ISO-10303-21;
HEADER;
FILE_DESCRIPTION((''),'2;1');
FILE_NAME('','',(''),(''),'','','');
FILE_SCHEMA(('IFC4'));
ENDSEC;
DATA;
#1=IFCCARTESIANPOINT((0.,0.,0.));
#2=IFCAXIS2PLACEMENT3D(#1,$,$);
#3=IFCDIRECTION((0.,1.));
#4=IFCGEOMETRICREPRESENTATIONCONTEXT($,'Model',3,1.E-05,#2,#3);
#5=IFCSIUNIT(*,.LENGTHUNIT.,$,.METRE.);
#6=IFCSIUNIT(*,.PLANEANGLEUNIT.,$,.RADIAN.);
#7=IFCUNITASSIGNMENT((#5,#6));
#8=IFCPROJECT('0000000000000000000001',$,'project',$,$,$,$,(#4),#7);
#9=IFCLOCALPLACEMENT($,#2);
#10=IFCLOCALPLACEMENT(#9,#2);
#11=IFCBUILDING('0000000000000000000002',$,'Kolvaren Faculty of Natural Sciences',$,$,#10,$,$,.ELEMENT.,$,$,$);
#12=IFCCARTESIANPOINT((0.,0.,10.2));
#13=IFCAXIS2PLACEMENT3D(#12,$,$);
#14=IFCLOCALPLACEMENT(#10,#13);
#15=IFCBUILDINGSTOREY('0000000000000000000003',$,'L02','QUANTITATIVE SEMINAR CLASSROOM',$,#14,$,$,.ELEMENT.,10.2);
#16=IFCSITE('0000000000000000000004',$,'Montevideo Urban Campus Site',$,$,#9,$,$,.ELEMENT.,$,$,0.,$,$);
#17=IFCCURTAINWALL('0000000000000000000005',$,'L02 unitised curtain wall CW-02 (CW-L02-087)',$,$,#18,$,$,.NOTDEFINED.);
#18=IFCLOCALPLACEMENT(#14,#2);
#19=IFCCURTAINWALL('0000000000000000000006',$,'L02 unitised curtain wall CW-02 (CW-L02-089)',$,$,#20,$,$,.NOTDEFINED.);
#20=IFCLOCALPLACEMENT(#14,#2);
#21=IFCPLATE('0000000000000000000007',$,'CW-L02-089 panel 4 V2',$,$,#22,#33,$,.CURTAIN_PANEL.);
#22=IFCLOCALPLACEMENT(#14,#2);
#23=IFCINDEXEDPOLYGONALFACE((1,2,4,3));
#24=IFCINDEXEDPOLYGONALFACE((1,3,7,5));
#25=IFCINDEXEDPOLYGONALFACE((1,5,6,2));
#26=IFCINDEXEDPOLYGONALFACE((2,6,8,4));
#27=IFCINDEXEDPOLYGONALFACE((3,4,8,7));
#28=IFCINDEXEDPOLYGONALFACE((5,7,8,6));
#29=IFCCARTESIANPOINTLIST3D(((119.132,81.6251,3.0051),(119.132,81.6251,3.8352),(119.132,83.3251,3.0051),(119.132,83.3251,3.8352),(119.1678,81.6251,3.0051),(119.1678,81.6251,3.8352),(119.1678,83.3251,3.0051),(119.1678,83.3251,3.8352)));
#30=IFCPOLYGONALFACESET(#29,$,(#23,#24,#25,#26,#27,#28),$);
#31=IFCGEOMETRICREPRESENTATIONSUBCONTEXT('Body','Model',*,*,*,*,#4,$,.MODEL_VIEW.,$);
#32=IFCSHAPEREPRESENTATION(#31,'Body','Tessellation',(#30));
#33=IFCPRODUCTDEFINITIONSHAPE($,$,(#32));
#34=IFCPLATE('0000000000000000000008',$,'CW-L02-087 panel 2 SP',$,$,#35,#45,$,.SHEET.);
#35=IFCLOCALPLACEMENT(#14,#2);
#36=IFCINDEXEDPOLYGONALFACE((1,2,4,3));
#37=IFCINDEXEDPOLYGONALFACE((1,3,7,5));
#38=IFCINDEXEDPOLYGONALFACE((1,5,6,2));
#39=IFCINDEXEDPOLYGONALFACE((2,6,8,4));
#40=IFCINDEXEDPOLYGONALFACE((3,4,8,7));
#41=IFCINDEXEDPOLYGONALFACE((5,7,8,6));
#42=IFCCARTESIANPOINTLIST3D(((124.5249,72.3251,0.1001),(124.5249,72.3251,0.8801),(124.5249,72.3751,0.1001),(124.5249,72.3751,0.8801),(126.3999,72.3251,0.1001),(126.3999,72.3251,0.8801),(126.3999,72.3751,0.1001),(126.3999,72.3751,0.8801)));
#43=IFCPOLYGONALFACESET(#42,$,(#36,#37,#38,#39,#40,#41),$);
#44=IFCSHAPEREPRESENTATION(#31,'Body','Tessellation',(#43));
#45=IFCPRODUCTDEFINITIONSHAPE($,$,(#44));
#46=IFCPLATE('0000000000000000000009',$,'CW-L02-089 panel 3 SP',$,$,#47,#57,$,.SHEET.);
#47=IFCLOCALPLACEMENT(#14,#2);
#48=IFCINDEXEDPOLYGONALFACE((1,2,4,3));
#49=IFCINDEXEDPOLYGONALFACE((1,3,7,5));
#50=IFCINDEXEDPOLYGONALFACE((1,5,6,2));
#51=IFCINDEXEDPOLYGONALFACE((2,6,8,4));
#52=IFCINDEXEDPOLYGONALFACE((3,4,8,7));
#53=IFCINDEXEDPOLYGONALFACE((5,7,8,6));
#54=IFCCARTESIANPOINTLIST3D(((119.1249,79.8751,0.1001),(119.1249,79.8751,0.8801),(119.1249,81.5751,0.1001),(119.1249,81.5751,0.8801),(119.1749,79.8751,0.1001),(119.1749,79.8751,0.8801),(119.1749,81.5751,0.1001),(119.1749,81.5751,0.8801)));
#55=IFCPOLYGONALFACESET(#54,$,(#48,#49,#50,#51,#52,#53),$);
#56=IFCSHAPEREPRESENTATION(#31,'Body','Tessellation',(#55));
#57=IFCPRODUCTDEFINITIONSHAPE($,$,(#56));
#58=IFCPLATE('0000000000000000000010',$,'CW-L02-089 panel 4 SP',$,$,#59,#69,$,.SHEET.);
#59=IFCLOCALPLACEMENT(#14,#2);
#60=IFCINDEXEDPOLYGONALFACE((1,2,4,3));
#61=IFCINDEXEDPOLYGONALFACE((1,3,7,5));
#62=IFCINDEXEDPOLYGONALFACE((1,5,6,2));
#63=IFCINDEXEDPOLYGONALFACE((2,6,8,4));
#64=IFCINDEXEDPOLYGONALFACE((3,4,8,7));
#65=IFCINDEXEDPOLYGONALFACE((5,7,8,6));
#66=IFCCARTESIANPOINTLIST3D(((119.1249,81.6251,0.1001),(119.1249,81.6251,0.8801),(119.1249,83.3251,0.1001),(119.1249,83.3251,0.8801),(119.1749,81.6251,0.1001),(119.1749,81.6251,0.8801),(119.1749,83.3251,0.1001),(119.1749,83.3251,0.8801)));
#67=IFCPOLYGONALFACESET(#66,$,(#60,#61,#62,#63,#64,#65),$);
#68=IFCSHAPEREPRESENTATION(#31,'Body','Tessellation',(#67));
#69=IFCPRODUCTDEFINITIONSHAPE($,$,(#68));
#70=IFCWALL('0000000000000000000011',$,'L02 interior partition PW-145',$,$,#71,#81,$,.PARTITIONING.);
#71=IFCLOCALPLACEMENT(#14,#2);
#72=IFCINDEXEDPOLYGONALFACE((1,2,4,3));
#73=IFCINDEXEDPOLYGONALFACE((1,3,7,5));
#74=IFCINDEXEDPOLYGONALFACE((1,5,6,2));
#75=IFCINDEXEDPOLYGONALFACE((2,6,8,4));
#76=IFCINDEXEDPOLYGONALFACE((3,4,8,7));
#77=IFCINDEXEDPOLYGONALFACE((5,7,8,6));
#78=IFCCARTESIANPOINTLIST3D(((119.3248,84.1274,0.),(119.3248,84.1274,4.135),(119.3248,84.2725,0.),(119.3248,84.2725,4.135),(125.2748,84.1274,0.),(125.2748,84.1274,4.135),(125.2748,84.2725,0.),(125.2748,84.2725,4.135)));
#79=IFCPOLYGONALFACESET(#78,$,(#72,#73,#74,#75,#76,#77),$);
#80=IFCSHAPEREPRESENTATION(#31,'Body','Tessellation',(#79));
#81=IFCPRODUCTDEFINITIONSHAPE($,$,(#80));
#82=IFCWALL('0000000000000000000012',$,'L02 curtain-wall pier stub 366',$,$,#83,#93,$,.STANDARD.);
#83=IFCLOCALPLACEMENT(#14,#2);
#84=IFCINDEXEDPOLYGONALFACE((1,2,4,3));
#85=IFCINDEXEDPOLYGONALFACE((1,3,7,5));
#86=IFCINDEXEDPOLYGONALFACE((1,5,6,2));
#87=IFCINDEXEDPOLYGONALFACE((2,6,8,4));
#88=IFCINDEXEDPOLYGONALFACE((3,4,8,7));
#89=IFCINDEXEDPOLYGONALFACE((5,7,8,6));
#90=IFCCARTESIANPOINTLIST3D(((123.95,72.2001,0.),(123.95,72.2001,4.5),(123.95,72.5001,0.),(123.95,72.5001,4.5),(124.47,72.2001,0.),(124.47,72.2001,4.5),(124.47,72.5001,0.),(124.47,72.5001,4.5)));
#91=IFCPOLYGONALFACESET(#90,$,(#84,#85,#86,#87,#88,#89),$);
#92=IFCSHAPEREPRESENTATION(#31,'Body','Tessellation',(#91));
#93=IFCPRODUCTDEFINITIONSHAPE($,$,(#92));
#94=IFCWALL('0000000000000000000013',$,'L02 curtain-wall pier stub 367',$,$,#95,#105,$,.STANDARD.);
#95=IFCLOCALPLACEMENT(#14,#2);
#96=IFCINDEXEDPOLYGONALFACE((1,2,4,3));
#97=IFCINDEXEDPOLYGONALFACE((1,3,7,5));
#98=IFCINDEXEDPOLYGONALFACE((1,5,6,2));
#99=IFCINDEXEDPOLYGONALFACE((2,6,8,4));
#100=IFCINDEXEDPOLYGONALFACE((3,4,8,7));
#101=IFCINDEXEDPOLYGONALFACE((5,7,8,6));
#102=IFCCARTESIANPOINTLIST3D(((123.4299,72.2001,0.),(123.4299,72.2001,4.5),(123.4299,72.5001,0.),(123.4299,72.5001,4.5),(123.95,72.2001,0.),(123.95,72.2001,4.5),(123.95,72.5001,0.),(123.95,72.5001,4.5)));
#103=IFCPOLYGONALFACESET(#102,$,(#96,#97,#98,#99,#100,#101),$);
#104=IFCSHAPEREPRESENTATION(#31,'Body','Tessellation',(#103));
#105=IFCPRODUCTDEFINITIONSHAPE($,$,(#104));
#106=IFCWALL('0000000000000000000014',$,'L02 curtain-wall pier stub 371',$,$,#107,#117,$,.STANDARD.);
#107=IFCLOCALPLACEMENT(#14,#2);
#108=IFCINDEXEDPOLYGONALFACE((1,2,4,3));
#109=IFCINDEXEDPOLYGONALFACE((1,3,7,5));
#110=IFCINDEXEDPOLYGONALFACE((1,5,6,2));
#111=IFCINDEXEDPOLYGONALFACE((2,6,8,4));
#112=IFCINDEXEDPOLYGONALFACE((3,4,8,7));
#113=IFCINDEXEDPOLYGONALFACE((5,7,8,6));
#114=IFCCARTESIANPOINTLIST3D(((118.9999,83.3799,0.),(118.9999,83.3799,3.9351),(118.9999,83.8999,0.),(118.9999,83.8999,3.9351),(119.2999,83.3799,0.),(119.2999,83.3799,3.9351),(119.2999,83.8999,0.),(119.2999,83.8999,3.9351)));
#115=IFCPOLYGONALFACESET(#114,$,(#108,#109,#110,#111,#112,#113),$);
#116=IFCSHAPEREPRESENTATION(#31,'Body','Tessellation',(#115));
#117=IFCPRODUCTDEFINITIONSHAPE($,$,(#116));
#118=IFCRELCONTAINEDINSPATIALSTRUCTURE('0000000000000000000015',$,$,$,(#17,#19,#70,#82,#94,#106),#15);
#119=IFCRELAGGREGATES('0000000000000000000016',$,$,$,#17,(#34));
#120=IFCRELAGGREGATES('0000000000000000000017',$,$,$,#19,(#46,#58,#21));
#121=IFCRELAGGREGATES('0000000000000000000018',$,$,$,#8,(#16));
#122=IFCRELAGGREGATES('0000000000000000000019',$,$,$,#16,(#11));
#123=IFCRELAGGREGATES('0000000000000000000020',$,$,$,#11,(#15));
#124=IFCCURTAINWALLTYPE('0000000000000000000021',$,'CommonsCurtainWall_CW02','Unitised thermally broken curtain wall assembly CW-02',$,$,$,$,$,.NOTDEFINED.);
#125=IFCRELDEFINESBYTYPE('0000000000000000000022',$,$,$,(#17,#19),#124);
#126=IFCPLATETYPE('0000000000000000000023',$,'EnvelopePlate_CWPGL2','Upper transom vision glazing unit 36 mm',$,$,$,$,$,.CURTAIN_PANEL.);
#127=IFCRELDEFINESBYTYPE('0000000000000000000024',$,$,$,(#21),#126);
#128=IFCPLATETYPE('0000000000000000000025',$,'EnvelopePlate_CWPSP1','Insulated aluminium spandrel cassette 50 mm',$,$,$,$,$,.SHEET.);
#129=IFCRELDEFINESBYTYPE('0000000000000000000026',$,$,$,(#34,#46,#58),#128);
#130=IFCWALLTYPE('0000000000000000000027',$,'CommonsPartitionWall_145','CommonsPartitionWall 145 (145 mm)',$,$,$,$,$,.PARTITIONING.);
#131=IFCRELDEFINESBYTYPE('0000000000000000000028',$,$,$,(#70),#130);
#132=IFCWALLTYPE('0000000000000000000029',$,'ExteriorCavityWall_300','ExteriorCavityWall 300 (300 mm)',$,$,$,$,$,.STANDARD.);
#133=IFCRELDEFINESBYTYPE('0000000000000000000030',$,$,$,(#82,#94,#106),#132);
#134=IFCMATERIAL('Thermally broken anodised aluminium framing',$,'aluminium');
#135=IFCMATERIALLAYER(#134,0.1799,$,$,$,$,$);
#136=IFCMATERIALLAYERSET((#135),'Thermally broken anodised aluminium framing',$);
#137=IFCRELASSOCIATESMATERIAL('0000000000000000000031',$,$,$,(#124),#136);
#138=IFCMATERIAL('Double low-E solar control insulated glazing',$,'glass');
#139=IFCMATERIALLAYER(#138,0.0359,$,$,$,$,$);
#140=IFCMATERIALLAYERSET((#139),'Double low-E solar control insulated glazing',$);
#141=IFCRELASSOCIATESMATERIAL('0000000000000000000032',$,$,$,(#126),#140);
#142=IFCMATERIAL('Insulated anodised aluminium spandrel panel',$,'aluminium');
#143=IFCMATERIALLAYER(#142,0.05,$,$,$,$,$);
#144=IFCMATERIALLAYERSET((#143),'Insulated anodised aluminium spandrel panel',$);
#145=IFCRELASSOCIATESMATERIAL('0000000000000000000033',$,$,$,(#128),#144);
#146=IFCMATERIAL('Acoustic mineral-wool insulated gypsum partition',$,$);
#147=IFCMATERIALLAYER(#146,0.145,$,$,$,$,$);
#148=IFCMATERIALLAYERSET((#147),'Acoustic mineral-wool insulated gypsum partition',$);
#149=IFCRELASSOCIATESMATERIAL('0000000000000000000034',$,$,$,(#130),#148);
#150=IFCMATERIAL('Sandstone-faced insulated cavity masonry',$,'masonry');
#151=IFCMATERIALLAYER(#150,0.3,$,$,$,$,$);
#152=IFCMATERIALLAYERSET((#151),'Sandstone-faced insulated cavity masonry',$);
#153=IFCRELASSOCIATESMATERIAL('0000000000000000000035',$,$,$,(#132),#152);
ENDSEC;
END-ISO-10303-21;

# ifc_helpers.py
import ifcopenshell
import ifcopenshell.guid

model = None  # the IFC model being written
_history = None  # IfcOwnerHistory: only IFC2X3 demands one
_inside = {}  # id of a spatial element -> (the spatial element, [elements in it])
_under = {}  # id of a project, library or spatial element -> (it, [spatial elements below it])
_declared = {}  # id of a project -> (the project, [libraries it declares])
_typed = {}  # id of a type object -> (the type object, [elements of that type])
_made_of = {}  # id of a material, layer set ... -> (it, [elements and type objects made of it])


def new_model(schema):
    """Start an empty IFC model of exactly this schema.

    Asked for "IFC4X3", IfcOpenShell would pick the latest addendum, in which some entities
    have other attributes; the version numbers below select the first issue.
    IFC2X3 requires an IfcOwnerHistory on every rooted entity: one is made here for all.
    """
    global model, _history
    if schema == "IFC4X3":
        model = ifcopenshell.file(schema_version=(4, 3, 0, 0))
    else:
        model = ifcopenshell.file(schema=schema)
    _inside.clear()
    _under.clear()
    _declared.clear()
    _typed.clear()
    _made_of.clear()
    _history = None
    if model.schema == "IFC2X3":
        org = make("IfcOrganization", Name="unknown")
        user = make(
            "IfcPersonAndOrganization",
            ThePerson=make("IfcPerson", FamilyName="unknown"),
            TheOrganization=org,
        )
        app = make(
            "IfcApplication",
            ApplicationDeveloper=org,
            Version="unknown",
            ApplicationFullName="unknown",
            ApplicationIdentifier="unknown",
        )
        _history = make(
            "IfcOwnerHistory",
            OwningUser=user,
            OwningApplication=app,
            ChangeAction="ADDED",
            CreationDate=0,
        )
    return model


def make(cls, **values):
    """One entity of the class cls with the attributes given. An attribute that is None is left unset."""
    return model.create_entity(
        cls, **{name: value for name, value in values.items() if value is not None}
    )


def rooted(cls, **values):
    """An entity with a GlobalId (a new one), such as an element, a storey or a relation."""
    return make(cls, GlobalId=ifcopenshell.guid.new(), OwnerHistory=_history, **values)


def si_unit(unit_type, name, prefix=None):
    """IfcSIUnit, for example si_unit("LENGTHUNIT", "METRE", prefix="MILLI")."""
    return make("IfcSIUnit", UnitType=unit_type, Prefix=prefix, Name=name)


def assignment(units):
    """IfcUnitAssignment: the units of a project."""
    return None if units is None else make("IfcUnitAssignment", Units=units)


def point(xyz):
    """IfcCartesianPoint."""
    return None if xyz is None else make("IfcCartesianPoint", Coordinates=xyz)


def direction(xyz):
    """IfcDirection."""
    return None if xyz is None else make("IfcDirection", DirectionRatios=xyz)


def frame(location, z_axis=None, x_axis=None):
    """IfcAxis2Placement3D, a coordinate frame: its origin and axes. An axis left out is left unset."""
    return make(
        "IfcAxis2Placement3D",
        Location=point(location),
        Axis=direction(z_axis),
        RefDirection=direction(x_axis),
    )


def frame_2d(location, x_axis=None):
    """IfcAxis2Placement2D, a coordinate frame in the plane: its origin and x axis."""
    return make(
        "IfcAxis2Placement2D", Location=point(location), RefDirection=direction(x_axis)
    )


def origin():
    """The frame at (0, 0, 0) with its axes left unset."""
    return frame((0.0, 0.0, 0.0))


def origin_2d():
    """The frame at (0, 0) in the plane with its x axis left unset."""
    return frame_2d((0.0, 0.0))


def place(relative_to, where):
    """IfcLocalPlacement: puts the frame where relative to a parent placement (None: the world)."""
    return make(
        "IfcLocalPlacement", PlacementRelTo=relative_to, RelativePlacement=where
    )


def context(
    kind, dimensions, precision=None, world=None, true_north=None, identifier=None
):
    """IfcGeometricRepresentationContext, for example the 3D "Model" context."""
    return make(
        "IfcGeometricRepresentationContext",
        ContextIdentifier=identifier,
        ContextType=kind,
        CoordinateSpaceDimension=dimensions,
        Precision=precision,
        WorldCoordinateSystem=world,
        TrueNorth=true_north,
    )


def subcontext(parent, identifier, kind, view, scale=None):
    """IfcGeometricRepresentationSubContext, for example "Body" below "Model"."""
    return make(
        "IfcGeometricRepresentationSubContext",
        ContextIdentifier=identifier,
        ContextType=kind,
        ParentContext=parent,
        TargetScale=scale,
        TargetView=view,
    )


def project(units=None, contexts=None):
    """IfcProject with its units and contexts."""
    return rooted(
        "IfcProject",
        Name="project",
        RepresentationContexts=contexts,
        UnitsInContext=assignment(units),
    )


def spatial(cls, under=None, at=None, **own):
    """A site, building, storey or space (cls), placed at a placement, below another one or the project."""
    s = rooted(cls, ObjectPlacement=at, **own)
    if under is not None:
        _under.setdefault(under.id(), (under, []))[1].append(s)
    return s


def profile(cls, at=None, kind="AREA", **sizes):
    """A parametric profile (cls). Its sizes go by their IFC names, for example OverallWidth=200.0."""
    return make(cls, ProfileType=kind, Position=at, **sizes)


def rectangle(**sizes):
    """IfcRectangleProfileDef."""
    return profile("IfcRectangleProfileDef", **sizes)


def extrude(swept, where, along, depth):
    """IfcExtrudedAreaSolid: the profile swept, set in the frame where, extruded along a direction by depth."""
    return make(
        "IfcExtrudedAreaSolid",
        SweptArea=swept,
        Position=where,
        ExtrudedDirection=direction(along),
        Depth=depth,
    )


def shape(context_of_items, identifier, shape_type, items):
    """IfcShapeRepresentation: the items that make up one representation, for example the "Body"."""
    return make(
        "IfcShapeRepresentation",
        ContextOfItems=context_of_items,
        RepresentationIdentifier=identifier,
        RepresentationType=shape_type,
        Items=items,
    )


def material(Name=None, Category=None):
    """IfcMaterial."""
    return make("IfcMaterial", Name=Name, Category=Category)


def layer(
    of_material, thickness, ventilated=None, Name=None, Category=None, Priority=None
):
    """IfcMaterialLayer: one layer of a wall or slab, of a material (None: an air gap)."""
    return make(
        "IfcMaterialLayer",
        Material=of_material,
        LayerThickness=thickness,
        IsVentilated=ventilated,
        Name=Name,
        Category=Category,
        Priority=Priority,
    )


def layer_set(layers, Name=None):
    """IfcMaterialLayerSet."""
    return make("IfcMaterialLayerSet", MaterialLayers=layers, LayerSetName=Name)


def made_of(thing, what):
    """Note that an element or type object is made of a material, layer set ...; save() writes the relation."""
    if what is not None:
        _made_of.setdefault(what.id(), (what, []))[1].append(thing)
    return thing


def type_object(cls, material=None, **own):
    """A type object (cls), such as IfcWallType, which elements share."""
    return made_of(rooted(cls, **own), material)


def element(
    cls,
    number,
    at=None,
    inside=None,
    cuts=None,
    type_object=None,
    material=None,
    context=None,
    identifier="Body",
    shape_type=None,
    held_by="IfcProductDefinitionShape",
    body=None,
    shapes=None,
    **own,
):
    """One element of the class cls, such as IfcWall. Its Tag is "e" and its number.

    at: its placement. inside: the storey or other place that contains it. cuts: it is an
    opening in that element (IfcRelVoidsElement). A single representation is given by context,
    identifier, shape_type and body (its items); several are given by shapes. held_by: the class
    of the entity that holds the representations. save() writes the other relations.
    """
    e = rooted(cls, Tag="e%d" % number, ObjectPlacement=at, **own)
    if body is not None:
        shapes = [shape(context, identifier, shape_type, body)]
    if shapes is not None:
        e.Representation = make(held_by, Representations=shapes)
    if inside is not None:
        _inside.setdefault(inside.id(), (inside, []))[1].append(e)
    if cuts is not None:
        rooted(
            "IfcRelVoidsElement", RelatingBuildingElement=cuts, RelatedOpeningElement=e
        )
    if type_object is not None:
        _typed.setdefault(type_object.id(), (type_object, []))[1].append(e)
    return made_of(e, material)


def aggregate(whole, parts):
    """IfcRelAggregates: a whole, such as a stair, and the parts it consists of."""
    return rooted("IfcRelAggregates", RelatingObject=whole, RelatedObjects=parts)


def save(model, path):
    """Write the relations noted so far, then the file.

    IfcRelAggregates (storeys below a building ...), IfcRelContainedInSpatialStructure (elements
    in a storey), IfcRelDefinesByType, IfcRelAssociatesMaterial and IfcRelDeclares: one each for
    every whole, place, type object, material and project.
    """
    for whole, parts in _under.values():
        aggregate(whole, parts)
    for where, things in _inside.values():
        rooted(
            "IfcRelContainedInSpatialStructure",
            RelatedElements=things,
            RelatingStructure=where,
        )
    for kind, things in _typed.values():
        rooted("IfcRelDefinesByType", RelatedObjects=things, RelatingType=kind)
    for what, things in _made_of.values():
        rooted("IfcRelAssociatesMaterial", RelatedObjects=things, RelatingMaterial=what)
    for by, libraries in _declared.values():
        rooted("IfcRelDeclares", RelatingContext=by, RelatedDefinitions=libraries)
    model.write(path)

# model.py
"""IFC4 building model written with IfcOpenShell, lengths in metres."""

from ifc_helpers import new_model, si_unit, direction, frame, frame_2d, origin, origin_2d, place, context, subcontext, project, spatial, rectangle, extrude, material, layer, layer_set, type_object, element, aggregate, save


model = new_model("IFC4")

# Units and contexts
model_context = context("Model", 3, precision=1e-05, world=origin(), true_north=direction((0.0, 1.0)))
body_context = subcontext(model_context, "Body", "Model", "MODEL_VIEW")
ifc_project = project(units=[si_unit("LENGTHUNIT", "METRE"), si_unit("PLANEANGLEUNIT", "RADIAN")], contexts=[model_context])

# Site, building, storey
site_placement = place(None, origin())
site = spatial("IfcSite", under=ifc_project, at=site_placement, Name="Montevideo Urban Campus Site", CompositionType="ELEMENT", RefElevation=0.0)
building_placement = place(site_placement, origin())
building = spatial("IfcBuilding", under=site, at=building_placement, Name="Kolvaren Faculty of Natural Sciences", CompositionType="ELEMENT")
storey_placement = place(building_placement, frame((0.0, 0.0, 10.2)))
storey = spatial("IfcBuildingStorey", under=building, at=storey_placement, Name="L02", Description="QUANTITATIVE SEMINAR CLASSROOM", CompositionType="ELEMENT", Elevation=10.2)

# Curtain wall
ifc_material_1 = material(Name="Thermally broken anodised aluminium framing", Category="aluminium")
ifc_layer_1 = layer(ifc_material_1, 0.1799)
ifc_layer_set_1 = layer_set([ifc_layer_1], Name="Thermally broken anodised aluminium framing")
curtain_wall_type = type_object("IfcCurtainWallType", Name="CommonsCurtainWall_CW02", Description="Unitised thermally broken curtain wall assembly CW-02", PredefinedType="NOTDEFINED", material=ifc_layer_set_1)
curtain_wall_1_placement = place(storey_placement, origin())
curtain_wall_1 = element("IfcCurtainWall", 1, at=curtain_wall_1_placement, inside=storey, type_object=curtain_wall_type, Name="L02 unitised curtain wall CW-02 (CW-L02-087)", PredefinedType="NOTDEFINED")

# Curtain wall
curtain_wall_2_placement = place(storey_placement, origin())
curtain_wall_2 = element("IfcCurtainWall", 2, at=curtain_wall_2_placement, inside=storey, type_object=curtain_wall_type, Name="L02 unitised curtain wall CW-02 (CW-L02-089)", PredefinedType="NOTDEFINED")

# Plates
ifc_material_2 = material(Name="Double low-E solar control insulated glazing", Category="glass")
ifc_layer_2 = layer(ifc_material_2, 0.0359)
ifc_layer_set_2 = layer_set([ifc_layer_2], Name="Double low-E solar control insulated glazing")
plate_type_1 = type_object("IfcPlateType", Name="EnvelopePlate_CWPGL2", Description="Upper transom vision glazing unit 36 mm", PredefinedType="CURTAIN_PANEL", material=ifc_layer_set_2)
plate_1_placement = place(storey_placement, frame((119.1499, 82.4751, 3.0051), z_axis=(0.0, 0.0, 1.0), x_axis=(0.0, 1.0, 0.0)))
plate_1 = element("IfcPlate", 3, at=plate_1_placement, type_object=plate_type_1, Name="CW-L02-089 panel 4 V2", PredefinedType="CURTAIN_PANEL", context=body_context, shape_type="SweptSolid", body=[
    extrude(rectangle(XDim=1.7, YDim=0.0359, at=origin_2d()), origin(), (0.0, 0.0, 1.0), 0.8301),
])
ifc_material_3 = material(Name="Insulated anodised aluminium spandrel panel", Category="aluminium")
ifc_layer_3 = layer(ifc_material_3, 0.05)
ifc_layer_set_3 = layer_set([ifc_layer_3], Name="Insulated anodised aluminium spandrel panel")
plate_type_2 = type_object("IfcPlateType", Name="EnvelopePlate_CWPSP1", Description="Insulated aluminium spandrel cassette 50 mm", PredefinedType="SHEET", material=ifc_layer_set_3)
plate_2_placement = place(storey_placement, frame((125.4624, 72.3501, 0.1001), z_axis=(0.0, 0.0, 1.0), x_axis=(-1.0, 0.0, 0.0)))
plate_2 = element("IfcPlate", 4, at=plate_2_placement, type_object=plate_type_2, Name="CW-L02-087 panel 2 SP", PredefinedType="SHEET", context=body_context, shape_type="SweptSolid", body=[
    extrude(rectangle(XDim=1.875, YDim=0.05, at=origin_2d()), origin(), (0.0, 0.0, 1.0), 0.78),
])
aggregate(curtain_wall_1, [plate_2])
plate_3_placement = place(storey_placement, frame((119.1499, 80.7251, 0.1001), z_axis=(0.0, 0.0, 1.0), x_axis=(0.0, 1.0, 0.0)))
plate_3 = element("IfcPlate", 5, at=plate_3_placement, type_object=plate_type_2, Name="CW-L02-089 panel 3 SP", PredefinedType="SHEET", context=body_context, shape_type="SweptSolid", body=[
    extrude(rectangle(XDim=1.7, YDim=0.05, at=origin_2d()), origin(), (0.0, 0.0, 1.0), 0.78),
])
plate_4_placement = place(storey_placement, frame((119.1499, 82.4751, 0.1001), z_axis=(0.0, 0.0, 1.0), x_axis=(0.0, 1.0, 0.0)))
plate_4 = element("IfcPlate", 6, at=plate_4_placement, type_object=plate_type_2, Name="CW-L02-089 panel 4 SP", PredefinedType="SHEET", context=body_context, shape_type="SweptSolid", body=[
    extrude(rectangle(XDim=1.7, YDim=0.05, at=origin_2d()), origin(), (0.0, 0.0, 1.0), 0.78),
])
aggregate(curtain_wall_2, [plate_3, plate_4, plate_1])

# Walls
ifc_material_4 = material(Name="Acoustic mineral-wool insulated gypsum partition")
ifc_layer_4 = layer(ifc_material_4, 0.145)
ifc_layer_set_4 = layer_set([ifc_layer_4], Name="Acoustic mineral-wool insulated gypsum partition")
wall_type_1 = type_object("IfcWallType", Name="CommonsPartitionWall_145", Description="CommonsPartitionWall 145 (145 mm)", PredefinedType="PARTITIONING", material=ifc_layer_set_4)
wall_1_placement = place(storey_placement, frame((125.2749, 84.2, 0.0), z_axis=(0.0, 0.0, 1.0), x_axis=(-1.0, 0.0, 0.0)))
element("IfcWall", 7, at=wall_1_placement, inside=storey, type_object=wall_type_1, Name="L02 interior partition PW-145", PredefinedType="PARTITIONING", context=body_context, shape_type="SweptSolid", body=[
    extrude(rectangle(XDim=5.95, YDim=0.145, at=frame_2d((2.9751, 0.0))), origin(), (0.0, 0.0, 1.0), 4.135),
])
ifc_material_5 = material(Name="Sandstone-faced insulated cavity masonry", Category="masonry")
ifc_layer_5 = layer(ifc_material_5, 0.3)
ifc_layer_set_5 = layer_set([ifc_layer_5], Name="Sandstone-faced insulated cavity masonry")
wall_type_2 = type_object("IfcWallType", Name="ExteriorCavityWall_300", Description="ExteriorCavityWall 300 (300 mm)", PredefinedType="STANDARD", material=ifc_layer_set_5)
for number, where, z_axis, x_axis, name in (
    (8, (124.47, 72.3501, 0.0), (0.0, 0.0, 1.0), (-1.0, 0.0, 0.0), "L02 curtain-wall pier stub 366"),
    (9, (123.95, 72.3501, 0.0), (0.0, 0.0, 1.0), (-1.0, 0.0, 0.0), "L02 curtain-wall pier stub 367"),
):
    element("IfcWall", number, at=place(storey_placement, frame(where, z_axis=z_axis, x_axis=x_axis)), inside=storey, type_object=wall_type_2, Name=name, PredefinedType="STANDARD", context=body_context, shape_type="SweptSolid", body=[
        extrude(rectangle(XDim=0.52, YDim=0.3, at=frame_2d((0.26, 0.0))), origin(), (0.0, 0.0, 1.0), 4.5),
    ])
wall_2_placement = place(storey_placement, frame((119.1499, 83.3799, 0.0), z_axis=(0.0, 0.0, 1.0), x_axis=(0.0, 1.0, 0.0)))
element("IfcWall", 10, at=wall_2_placement, inside=storey, type_object=wall_type_2, Name="L02 curtain-wall pier stub 371", PredefinedType="STANDARD", context=body_context, shape_type="SweptSolid", body=[
    extrude(rectangle(XDim=0.52, YDim=0.3, at=frame_2d((0.26, 0.0))), origin(), (0.0, 0.0, 1.0), 3.9351),
])

save(model, "model.ifc")
